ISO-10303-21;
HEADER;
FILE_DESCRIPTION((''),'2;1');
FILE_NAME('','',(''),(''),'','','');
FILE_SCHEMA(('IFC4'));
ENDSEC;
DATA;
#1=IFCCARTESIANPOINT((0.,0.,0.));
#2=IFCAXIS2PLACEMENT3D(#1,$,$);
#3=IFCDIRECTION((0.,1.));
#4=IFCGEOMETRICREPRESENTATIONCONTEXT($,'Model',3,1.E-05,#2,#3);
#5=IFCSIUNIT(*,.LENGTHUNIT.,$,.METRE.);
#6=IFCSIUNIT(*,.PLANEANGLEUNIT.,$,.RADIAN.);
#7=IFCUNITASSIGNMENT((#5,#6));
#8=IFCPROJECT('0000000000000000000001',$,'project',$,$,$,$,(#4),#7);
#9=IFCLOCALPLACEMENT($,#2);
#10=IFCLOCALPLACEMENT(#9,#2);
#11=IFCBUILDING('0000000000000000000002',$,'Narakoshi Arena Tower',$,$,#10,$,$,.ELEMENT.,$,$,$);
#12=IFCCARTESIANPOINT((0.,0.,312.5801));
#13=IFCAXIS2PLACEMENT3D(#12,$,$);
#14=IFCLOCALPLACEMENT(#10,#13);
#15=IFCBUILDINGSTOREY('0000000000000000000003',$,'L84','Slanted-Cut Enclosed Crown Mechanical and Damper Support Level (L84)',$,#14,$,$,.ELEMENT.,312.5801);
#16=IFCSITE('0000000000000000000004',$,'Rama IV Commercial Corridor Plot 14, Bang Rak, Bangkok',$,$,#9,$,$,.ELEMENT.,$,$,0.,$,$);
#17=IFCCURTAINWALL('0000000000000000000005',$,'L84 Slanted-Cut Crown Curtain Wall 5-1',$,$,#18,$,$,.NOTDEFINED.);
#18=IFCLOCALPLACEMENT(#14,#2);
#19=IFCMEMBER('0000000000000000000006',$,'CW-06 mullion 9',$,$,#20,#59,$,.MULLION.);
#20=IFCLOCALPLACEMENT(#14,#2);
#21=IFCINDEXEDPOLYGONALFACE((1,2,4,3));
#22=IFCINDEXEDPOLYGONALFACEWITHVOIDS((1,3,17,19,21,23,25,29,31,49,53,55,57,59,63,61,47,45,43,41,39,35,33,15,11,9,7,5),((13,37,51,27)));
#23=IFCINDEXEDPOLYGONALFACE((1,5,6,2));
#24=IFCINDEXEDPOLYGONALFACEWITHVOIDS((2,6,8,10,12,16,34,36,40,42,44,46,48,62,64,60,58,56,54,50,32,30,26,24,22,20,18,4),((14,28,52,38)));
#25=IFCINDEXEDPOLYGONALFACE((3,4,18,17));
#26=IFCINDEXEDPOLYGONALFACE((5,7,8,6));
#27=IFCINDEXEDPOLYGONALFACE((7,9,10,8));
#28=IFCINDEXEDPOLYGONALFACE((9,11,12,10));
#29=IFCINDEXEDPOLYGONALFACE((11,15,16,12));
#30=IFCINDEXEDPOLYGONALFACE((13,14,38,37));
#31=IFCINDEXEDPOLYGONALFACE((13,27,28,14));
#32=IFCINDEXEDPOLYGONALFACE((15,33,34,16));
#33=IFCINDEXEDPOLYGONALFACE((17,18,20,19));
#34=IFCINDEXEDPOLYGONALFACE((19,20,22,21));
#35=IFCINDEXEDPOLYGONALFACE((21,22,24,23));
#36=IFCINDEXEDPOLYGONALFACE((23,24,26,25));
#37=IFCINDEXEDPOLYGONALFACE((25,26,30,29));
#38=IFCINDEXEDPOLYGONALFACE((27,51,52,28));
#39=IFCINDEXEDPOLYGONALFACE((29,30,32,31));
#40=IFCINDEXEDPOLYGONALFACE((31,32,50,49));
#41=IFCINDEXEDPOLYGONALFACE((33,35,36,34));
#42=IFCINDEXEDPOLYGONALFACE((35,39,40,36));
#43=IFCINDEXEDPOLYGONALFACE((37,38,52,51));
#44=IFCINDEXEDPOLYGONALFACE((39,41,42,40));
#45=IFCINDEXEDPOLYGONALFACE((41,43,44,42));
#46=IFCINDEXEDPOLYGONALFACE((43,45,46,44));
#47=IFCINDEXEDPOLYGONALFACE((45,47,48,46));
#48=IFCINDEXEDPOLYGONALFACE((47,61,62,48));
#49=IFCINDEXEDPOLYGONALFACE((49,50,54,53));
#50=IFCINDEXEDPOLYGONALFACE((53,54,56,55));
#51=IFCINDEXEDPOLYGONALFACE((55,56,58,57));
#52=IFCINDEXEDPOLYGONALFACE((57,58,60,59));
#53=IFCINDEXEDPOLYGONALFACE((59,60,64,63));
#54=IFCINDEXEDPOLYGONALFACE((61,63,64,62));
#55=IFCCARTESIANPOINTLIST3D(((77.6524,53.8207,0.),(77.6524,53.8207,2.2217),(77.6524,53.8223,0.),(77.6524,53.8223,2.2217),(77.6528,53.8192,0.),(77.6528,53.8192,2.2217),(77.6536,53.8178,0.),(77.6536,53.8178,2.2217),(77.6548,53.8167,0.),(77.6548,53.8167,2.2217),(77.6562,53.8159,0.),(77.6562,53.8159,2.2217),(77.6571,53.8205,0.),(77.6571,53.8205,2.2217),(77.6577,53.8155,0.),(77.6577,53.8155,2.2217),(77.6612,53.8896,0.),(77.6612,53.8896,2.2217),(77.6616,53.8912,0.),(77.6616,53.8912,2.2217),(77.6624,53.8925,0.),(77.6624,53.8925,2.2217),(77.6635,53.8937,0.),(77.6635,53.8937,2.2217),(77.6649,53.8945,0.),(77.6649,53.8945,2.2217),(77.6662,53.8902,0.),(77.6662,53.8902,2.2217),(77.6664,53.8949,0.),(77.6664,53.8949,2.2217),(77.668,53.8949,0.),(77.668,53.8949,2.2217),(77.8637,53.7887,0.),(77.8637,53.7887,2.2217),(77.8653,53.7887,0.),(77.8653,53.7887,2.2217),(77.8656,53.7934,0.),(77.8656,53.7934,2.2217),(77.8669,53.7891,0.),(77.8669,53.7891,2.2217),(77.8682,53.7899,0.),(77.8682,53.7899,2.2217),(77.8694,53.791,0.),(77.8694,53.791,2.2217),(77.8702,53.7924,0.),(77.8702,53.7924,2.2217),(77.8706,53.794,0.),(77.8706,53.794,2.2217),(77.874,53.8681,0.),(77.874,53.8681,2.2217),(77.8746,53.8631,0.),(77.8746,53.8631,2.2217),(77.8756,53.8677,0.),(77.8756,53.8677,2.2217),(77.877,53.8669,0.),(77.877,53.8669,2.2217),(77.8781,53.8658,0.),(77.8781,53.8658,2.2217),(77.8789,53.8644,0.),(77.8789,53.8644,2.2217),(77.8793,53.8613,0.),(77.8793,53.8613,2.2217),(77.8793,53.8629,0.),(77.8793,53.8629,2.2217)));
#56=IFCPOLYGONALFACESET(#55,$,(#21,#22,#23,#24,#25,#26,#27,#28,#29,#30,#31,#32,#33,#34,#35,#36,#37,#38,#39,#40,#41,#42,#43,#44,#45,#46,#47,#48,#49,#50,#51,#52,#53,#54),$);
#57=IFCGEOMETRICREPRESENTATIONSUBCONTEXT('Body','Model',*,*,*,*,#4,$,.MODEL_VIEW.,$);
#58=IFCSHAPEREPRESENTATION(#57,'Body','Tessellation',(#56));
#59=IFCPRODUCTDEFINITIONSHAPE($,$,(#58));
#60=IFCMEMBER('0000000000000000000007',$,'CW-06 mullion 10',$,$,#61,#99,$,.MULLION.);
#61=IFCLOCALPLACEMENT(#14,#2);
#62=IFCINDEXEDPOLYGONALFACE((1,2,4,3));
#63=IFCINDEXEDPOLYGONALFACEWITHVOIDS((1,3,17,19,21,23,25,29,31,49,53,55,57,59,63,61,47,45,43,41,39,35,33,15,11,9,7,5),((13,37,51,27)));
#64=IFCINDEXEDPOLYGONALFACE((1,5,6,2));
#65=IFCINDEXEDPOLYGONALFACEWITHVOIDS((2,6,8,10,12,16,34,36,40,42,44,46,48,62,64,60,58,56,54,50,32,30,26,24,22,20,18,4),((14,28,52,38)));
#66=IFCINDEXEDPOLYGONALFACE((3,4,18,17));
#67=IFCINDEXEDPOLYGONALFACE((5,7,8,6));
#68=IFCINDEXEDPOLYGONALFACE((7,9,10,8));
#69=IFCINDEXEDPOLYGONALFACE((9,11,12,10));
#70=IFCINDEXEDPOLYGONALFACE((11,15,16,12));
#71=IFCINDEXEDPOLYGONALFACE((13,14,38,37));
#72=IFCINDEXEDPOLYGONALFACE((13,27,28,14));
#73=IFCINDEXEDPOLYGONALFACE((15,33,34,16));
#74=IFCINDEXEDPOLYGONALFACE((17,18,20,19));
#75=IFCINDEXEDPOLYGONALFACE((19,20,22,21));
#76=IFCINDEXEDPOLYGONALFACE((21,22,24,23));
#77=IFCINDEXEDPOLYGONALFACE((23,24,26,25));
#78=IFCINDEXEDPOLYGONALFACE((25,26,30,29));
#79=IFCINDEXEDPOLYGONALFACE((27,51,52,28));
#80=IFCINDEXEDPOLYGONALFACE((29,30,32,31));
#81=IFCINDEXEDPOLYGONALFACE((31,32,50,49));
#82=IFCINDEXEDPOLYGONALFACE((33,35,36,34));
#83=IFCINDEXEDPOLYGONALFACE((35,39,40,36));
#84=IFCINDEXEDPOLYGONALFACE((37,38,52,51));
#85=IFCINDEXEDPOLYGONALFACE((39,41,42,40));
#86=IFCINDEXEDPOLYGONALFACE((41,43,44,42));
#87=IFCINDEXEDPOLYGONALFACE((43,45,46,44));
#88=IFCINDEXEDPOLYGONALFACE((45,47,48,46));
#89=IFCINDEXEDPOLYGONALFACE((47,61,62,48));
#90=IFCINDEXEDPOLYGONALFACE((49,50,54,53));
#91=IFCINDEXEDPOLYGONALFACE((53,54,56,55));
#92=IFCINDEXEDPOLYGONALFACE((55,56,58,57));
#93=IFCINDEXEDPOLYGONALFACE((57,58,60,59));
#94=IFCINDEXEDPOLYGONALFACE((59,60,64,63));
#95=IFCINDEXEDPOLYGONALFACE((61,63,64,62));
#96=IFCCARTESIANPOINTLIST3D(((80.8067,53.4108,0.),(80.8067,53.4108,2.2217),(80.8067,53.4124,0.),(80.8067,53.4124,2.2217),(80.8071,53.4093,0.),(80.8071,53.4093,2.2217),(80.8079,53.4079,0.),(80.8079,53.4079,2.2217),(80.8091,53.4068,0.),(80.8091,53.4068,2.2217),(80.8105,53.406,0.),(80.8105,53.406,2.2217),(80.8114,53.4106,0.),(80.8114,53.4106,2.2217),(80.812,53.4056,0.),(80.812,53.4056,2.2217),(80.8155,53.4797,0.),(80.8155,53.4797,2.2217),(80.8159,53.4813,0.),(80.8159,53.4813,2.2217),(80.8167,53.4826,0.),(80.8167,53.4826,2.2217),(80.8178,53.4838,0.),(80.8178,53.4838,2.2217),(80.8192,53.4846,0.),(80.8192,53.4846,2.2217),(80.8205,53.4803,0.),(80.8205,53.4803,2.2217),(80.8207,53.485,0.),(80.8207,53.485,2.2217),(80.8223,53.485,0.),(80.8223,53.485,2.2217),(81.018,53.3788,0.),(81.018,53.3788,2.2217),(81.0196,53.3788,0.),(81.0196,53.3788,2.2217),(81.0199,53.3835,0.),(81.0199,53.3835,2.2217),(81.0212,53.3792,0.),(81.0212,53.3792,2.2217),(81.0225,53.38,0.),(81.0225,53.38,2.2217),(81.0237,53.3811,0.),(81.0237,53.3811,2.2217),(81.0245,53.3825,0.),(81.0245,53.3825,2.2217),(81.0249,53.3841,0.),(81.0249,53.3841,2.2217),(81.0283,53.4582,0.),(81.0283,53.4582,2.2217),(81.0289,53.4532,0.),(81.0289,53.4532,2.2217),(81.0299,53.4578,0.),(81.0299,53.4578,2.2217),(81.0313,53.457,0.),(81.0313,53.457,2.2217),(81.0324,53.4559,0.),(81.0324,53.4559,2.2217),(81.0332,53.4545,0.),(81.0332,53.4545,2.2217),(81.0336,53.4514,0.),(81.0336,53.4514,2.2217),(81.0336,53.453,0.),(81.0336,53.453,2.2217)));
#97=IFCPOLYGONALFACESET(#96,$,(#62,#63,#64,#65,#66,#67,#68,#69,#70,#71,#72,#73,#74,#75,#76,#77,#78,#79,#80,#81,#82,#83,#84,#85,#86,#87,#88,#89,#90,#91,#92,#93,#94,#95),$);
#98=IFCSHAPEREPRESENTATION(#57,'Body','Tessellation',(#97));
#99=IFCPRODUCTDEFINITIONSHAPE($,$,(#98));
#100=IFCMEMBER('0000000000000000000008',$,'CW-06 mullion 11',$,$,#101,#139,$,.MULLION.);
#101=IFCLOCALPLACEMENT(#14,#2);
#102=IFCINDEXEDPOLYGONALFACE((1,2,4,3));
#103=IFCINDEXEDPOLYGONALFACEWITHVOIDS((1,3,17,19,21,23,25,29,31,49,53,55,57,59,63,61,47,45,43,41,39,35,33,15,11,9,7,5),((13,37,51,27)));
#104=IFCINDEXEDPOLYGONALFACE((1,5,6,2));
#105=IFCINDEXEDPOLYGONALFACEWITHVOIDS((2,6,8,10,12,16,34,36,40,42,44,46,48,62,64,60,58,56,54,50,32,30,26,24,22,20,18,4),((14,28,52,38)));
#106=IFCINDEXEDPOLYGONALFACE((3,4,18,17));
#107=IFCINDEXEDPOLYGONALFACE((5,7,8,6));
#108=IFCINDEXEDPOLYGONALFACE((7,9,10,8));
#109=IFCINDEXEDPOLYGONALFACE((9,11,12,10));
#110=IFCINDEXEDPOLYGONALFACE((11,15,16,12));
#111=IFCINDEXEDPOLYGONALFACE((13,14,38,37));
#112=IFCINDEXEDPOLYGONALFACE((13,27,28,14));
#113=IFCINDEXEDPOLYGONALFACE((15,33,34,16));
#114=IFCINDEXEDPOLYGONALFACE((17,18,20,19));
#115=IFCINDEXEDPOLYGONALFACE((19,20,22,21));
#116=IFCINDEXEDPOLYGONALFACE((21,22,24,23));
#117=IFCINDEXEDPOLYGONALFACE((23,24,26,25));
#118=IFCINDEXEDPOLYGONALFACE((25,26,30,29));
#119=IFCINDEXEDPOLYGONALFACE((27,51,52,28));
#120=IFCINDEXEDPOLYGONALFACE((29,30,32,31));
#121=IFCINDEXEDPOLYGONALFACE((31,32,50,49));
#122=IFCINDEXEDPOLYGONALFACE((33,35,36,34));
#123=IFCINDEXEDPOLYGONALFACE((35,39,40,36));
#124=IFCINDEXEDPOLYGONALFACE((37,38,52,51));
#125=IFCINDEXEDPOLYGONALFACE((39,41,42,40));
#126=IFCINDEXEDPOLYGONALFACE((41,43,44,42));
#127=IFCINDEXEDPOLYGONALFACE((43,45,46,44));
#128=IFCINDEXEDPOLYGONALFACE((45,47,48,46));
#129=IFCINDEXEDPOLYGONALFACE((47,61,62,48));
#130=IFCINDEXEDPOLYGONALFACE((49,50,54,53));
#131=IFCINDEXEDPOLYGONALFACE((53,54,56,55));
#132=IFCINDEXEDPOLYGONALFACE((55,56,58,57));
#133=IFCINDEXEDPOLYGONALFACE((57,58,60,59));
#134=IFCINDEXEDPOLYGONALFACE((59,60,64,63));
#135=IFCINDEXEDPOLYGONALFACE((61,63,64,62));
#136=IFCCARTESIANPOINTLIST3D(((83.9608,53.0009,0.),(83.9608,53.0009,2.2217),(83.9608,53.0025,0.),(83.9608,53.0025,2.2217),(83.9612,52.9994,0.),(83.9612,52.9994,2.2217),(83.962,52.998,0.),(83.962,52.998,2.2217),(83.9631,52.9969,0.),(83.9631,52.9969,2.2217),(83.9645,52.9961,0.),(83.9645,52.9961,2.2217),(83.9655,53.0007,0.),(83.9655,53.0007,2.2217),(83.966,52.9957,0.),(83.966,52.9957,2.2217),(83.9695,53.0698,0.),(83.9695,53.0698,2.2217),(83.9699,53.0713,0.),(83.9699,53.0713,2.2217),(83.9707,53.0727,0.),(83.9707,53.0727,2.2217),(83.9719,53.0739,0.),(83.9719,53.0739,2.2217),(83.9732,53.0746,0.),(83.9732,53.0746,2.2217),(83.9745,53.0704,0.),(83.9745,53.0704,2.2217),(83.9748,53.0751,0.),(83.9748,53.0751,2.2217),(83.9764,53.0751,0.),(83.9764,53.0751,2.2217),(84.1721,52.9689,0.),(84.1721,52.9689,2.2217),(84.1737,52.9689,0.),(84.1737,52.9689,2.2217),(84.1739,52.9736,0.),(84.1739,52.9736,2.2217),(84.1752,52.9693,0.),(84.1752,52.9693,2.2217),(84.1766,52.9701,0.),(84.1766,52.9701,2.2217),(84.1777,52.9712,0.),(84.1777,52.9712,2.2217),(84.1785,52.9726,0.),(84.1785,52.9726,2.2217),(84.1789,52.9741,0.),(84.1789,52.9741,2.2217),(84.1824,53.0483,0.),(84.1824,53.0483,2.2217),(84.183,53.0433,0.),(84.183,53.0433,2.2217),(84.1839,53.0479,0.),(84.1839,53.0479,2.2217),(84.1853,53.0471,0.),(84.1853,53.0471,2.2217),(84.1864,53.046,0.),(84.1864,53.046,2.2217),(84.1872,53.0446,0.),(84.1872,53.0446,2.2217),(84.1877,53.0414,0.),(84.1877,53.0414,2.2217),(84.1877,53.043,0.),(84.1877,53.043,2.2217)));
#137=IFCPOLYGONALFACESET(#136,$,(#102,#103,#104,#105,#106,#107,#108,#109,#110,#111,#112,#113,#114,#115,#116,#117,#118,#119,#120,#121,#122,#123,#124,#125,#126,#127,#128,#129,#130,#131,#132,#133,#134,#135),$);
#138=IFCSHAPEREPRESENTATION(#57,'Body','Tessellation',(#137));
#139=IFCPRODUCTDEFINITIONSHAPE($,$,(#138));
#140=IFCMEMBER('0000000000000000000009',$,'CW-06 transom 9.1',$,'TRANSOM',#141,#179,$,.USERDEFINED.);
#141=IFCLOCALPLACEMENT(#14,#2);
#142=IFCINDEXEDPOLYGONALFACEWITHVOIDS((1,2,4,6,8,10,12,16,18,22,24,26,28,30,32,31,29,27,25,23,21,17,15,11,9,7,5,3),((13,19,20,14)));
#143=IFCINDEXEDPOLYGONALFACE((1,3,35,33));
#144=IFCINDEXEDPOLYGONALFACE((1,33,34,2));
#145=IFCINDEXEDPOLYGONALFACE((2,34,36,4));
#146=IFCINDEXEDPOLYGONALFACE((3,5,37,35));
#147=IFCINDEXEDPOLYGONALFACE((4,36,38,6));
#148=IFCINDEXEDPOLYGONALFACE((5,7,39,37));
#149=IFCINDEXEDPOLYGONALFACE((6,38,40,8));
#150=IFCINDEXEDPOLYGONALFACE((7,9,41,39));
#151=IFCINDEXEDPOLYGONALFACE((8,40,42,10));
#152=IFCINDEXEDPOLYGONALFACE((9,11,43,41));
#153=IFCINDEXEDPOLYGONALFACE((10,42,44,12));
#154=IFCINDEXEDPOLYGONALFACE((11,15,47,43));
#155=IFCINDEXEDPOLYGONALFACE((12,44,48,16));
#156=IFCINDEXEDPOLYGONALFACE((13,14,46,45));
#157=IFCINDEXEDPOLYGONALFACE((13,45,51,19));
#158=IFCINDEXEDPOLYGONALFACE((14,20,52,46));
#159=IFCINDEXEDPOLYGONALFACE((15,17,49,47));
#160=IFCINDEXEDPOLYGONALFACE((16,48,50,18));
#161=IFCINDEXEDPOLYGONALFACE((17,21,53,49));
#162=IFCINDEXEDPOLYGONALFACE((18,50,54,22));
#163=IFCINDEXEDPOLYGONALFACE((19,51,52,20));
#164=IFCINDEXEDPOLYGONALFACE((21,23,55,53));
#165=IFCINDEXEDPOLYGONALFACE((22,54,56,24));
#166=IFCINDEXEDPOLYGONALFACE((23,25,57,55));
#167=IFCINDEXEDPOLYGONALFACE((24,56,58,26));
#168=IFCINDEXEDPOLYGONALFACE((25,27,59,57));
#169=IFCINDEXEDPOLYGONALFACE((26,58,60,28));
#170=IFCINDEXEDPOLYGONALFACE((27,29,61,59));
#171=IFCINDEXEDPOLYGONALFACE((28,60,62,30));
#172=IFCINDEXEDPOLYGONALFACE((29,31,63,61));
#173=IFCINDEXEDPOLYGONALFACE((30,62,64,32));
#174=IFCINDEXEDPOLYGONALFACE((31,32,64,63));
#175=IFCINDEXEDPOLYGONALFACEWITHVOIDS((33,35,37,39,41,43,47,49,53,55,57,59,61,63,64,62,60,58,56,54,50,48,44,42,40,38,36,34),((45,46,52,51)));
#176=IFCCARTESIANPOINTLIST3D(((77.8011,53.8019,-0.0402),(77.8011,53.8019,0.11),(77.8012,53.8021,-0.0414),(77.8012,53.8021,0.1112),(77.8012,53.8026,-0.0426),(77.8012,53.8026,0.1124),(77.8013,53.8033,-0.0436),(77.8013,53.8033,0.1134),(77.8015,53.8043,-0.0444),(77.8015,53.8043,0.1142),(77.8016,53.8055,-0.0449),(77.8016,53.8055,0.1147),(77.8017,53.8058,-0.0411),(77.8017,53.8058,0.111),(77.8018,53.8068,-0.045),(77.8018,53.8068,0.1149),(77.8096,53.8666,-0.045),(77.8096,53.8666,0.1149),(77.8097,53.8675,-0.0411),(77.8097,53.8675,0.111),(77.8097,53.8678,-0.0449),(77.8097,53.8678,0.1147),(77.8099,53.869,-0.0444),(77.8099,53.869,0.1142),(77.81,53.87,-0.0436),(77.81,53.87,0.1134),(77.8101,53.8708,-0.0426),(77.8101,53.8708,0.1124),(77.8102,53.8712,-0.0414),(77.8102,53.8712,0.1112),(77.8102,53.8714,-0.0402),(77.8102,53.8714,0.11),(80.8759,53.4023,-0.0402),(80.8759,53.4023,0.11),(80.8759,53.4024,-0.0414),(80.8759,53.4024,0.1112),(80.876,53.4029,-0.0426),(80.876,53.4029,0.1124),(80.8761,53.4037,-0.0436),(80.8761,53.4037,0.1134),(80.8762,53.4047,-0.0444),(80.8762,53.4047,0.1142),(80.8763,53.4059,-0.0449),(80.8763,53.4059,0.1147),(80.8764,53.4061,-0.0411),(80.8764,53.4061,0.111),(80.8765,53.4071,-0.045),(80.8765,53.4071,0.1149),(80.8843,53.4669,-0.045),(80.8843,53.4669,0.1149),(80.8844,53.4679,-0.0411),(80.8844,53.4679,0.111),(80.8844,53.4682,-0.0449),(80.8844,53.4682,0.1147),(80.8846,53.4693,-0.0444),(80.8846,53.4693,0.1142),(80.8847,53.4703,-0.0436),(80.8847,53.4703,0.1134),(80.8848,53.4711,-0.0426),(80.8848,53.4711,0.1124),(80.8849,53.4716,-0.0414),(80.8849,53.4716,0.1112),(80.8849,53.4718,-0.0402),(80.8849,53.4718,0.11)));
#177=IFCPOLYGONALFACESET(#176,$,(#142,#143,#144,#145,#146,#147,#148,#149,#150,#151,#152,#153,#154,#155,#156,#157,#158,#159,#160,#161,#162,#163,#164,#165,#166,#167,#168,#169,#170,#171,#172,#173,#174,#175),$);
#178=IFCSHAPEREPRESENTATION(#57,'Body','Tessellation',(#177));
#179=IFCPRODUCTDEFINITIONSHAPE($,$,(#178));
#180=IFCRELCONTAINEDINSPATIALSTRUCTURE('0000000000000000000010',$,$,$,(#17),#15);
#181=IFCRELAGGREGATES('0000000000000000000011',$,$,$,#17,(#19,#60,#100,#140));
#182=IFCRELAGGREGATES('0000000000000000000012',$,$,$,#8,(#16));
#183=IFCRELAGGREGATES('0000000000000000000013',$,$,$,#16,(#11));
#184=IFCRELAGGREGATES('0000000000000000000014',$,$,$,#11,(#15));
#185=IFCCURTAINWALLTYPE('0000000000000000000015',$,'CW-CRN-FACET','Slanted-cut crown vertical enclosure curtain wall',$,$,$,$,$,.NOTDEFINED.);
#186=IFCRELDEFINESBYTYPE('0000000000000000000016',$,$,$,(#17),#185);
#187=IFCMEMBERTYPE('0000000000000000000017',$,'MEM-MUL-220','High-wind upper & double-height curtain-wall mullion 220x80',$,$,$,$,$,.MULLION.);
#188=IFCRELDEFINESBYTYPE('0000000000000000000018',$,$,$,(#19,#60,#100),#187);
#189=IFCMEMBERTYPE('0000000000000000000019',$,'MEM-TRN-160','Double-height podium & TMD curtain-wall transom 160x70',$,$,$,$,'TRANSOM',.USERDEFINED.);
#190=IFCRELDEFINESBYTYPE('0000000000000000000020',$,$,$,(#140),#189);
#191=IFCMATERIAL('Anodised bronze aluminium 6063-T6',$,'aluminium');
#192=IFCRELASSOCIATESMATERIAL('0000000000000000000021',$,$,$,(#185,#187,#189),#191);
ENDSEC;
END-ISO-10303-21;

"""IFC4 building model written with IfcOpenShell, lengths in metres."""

from ifc_helpers import new_model, si_unit, direction, frame, origin, origin_2d, place, context, subcontext, project, spatial, hollow_rectangle, extrude, material, material_profile, profile_set, type_object, element, aggregate, save


model = new_model("IFC4")

# Units and contexts
model_context = context("Model", 3, precision=1e-05, world=origin(), true_north=direction((0.0, 1.0)))
body_context = subcontext(model_context, "Body", "Model", "MODEL_VIEW")
ifc_project = project(units=[si_unit("LENGTHUNIT", "METRE"), si_unit("PLANEANGLEUNIT", "RADIAN")], contexts=[model_context])

# Site, building, storey
site_placement = place(None, origin())
site = spatial("IfcSite", under=ifc_project, at=site_placement, Name="Rama IV Commercial Corridor Plot 14, Bang Rak, Bangkok", CompositionType="ELEMENT", RefElevation=0.0)
building_placement = place(site_placement, origin())
building = spatial("IfcBuilding", under=site, at=building_placement, Name="Narakoshi Arena Tower", CompositionType="ELEMENT")
storey_placement = place(building_placement, frame((0.0, 0.0, 312.5801)))
storey = spatial("IfcBuildingStorey", under=building, at=storey_placement, Name="L84", Description="Slanted-Cut Enclosed Crown Mechanical and Damper Support Level (L84)", CompositionType="ELEMENT", Elevation=312.5801)

# Curtain wall, members
ifc_material_1 = material(Name="Anodised bronze aluminium 6063-T6", Category="aluminium")
curtain_wall_type = type_object("IfcCurtainWallType", Name="CW-CRN-FACET", Description="Slanted-cut crown vertical enclosure curtain wall", PredefinedType="NOTDEFINED", material=ifc_material_1)
curtain_wall_placement = place(storey_placement, origin())
curtain_wall = element("IfcCurtainWall", 1, at=curtain_wall_placement, inside=storey, type_object=curtain_wall_type, Name="L84 Slanted-Cut Crown Curtain Wall 5-1", PredefinedType="NOTDEFINED")
ifc_material_profile_1 = material_profile(ifc_material_1, hollow_rectangle(XDim=0.0801, YDim=0.22, WallThickness=0.0049, OuterFilletRadius=0.0061, at=origin_2d()), Name="MUL220x80x5")
ifc_profile_set_1 = profile_set([ifc_material_profile_1], Name="Anodised bronze aluminium 6063-T6")
member_type_1 = type_object("IfcMemberType", Name="MEM-MUL-220", Description="High-wind upper & double-height curtain-wall mullion 220x80", PredefinedType="MULLION", material=ifc_profile_set_1)
member_1_placement = place(storey_placement, frame((77.7659, 53.8418, 0.0), z_axis=(0.0, 0.0, 1.0), x_axis=(0.12889, 0.991659, 0.0)))
member_1 = element("IfcMember", 2, at=member_1_placement, type_object=member_type_1, Name="CW-06 mullion 9", PredefinedType="MULLION", context=body_context, shape_type="SweptSolid", body=[
    extrude(hollow_rectangle(XDim=0.0801, YDim=0.22, WallThickness=0.0049, OuterFilletRadius=0.0061, at=origin_2d()), origin(), (0.0, 0.0, 1.0), 2.2217),
])
member_2_placement = place(storey_placement, frame((80.9202, 53.4319, 0.0), z_axis=(0.0, 0.0, 1.0), x_axis=(0.12889, 0.991659, 0.0)))
member_2 = element("IfcMember", 3, at=member_2_placement, type_object=member_type_1, Name="CW-06 mullion 10", PredefinedType="MULLION", context=body_context, shape_type="SweptSolid", body=[
    extrude(hollow_rectangle(XDim=0.0801, YDim=0.22, WallThickness=0.0049, OuterFilletRadius=0.0061, at=origin_2d()), origin(), (0.0, 0.0, 1.0), 2.2217),
])
member_3_placement = place(storey_placement, frame((84.0742, 53.022, 0.0), z_axis=(0.0, 0.0, 1.0), x_axis=(0.12889, 0.991659, 0.0)))
member_3 = element("IfcMember", 4, at=member_3_placement, type_object=member_type_1, Name="CW-06 mullion 11", PredefinedType="MULLION", context=body_context, shape_type="SweptSolid", body=[
    extrude(hollow_rectangle(XDim=0.0801, YDim=0.22, WallThickness=0.0049, OuterFilletRadius=0.0061, at=origin_2d()), origin(), (0.0, 0.0, 1.0), 2.2217),
])
ifc_material_profile_2 = material_profile(ifc_material_1, hollow_rectangle(XDim=0.0701, YDim=0.1599, WallThickness=0.0039, OuterFilletRadius=0.0049, at=origin_2d()), Name="TRN160x70x4")
ifc_profile_set_2 = profile_set([ifc_material_profile_2], Name="Anodised bronze aluminium 6063-T6")
member_type_2 = type_object("IfcMemberType", Name="MEM-TRN-160", Description="Double-height podium & TMD curtain-wall transom 160x70", ElementType="TRANSOM", PredefinedType="USERDEFINED", material=ifc_profile_set_2)
member_4_placement = place(storey_placement, frame((77.8057, 53.8367, 0.0349), z_axis=(0.991658, -0.128898, 0.0), x_axis=(0.128898, 0.991658, 0.0)))
member_4 = element("IfcMember", 5, at=member_4_placement, type_object=member_type_2, Name="CW-06 transom 9.1", ObjectType="TRANSOM", PredefinedType="USERDEFINED", context=body_context, shape_type="SweptSolid", body=[
    extrude(hollow_rectangle(XDim=0.0701, YDim=0.1599, WallThickness=0.0039, OuterFilletRadius=0.0049, at=origin_2d()), origin(), (0.0, 0.0, 1.0), 3.1006),
])
aggregate(curtain_wall, [member_1, member_2, member_3, member_4])

save(model, "model.ifc")
